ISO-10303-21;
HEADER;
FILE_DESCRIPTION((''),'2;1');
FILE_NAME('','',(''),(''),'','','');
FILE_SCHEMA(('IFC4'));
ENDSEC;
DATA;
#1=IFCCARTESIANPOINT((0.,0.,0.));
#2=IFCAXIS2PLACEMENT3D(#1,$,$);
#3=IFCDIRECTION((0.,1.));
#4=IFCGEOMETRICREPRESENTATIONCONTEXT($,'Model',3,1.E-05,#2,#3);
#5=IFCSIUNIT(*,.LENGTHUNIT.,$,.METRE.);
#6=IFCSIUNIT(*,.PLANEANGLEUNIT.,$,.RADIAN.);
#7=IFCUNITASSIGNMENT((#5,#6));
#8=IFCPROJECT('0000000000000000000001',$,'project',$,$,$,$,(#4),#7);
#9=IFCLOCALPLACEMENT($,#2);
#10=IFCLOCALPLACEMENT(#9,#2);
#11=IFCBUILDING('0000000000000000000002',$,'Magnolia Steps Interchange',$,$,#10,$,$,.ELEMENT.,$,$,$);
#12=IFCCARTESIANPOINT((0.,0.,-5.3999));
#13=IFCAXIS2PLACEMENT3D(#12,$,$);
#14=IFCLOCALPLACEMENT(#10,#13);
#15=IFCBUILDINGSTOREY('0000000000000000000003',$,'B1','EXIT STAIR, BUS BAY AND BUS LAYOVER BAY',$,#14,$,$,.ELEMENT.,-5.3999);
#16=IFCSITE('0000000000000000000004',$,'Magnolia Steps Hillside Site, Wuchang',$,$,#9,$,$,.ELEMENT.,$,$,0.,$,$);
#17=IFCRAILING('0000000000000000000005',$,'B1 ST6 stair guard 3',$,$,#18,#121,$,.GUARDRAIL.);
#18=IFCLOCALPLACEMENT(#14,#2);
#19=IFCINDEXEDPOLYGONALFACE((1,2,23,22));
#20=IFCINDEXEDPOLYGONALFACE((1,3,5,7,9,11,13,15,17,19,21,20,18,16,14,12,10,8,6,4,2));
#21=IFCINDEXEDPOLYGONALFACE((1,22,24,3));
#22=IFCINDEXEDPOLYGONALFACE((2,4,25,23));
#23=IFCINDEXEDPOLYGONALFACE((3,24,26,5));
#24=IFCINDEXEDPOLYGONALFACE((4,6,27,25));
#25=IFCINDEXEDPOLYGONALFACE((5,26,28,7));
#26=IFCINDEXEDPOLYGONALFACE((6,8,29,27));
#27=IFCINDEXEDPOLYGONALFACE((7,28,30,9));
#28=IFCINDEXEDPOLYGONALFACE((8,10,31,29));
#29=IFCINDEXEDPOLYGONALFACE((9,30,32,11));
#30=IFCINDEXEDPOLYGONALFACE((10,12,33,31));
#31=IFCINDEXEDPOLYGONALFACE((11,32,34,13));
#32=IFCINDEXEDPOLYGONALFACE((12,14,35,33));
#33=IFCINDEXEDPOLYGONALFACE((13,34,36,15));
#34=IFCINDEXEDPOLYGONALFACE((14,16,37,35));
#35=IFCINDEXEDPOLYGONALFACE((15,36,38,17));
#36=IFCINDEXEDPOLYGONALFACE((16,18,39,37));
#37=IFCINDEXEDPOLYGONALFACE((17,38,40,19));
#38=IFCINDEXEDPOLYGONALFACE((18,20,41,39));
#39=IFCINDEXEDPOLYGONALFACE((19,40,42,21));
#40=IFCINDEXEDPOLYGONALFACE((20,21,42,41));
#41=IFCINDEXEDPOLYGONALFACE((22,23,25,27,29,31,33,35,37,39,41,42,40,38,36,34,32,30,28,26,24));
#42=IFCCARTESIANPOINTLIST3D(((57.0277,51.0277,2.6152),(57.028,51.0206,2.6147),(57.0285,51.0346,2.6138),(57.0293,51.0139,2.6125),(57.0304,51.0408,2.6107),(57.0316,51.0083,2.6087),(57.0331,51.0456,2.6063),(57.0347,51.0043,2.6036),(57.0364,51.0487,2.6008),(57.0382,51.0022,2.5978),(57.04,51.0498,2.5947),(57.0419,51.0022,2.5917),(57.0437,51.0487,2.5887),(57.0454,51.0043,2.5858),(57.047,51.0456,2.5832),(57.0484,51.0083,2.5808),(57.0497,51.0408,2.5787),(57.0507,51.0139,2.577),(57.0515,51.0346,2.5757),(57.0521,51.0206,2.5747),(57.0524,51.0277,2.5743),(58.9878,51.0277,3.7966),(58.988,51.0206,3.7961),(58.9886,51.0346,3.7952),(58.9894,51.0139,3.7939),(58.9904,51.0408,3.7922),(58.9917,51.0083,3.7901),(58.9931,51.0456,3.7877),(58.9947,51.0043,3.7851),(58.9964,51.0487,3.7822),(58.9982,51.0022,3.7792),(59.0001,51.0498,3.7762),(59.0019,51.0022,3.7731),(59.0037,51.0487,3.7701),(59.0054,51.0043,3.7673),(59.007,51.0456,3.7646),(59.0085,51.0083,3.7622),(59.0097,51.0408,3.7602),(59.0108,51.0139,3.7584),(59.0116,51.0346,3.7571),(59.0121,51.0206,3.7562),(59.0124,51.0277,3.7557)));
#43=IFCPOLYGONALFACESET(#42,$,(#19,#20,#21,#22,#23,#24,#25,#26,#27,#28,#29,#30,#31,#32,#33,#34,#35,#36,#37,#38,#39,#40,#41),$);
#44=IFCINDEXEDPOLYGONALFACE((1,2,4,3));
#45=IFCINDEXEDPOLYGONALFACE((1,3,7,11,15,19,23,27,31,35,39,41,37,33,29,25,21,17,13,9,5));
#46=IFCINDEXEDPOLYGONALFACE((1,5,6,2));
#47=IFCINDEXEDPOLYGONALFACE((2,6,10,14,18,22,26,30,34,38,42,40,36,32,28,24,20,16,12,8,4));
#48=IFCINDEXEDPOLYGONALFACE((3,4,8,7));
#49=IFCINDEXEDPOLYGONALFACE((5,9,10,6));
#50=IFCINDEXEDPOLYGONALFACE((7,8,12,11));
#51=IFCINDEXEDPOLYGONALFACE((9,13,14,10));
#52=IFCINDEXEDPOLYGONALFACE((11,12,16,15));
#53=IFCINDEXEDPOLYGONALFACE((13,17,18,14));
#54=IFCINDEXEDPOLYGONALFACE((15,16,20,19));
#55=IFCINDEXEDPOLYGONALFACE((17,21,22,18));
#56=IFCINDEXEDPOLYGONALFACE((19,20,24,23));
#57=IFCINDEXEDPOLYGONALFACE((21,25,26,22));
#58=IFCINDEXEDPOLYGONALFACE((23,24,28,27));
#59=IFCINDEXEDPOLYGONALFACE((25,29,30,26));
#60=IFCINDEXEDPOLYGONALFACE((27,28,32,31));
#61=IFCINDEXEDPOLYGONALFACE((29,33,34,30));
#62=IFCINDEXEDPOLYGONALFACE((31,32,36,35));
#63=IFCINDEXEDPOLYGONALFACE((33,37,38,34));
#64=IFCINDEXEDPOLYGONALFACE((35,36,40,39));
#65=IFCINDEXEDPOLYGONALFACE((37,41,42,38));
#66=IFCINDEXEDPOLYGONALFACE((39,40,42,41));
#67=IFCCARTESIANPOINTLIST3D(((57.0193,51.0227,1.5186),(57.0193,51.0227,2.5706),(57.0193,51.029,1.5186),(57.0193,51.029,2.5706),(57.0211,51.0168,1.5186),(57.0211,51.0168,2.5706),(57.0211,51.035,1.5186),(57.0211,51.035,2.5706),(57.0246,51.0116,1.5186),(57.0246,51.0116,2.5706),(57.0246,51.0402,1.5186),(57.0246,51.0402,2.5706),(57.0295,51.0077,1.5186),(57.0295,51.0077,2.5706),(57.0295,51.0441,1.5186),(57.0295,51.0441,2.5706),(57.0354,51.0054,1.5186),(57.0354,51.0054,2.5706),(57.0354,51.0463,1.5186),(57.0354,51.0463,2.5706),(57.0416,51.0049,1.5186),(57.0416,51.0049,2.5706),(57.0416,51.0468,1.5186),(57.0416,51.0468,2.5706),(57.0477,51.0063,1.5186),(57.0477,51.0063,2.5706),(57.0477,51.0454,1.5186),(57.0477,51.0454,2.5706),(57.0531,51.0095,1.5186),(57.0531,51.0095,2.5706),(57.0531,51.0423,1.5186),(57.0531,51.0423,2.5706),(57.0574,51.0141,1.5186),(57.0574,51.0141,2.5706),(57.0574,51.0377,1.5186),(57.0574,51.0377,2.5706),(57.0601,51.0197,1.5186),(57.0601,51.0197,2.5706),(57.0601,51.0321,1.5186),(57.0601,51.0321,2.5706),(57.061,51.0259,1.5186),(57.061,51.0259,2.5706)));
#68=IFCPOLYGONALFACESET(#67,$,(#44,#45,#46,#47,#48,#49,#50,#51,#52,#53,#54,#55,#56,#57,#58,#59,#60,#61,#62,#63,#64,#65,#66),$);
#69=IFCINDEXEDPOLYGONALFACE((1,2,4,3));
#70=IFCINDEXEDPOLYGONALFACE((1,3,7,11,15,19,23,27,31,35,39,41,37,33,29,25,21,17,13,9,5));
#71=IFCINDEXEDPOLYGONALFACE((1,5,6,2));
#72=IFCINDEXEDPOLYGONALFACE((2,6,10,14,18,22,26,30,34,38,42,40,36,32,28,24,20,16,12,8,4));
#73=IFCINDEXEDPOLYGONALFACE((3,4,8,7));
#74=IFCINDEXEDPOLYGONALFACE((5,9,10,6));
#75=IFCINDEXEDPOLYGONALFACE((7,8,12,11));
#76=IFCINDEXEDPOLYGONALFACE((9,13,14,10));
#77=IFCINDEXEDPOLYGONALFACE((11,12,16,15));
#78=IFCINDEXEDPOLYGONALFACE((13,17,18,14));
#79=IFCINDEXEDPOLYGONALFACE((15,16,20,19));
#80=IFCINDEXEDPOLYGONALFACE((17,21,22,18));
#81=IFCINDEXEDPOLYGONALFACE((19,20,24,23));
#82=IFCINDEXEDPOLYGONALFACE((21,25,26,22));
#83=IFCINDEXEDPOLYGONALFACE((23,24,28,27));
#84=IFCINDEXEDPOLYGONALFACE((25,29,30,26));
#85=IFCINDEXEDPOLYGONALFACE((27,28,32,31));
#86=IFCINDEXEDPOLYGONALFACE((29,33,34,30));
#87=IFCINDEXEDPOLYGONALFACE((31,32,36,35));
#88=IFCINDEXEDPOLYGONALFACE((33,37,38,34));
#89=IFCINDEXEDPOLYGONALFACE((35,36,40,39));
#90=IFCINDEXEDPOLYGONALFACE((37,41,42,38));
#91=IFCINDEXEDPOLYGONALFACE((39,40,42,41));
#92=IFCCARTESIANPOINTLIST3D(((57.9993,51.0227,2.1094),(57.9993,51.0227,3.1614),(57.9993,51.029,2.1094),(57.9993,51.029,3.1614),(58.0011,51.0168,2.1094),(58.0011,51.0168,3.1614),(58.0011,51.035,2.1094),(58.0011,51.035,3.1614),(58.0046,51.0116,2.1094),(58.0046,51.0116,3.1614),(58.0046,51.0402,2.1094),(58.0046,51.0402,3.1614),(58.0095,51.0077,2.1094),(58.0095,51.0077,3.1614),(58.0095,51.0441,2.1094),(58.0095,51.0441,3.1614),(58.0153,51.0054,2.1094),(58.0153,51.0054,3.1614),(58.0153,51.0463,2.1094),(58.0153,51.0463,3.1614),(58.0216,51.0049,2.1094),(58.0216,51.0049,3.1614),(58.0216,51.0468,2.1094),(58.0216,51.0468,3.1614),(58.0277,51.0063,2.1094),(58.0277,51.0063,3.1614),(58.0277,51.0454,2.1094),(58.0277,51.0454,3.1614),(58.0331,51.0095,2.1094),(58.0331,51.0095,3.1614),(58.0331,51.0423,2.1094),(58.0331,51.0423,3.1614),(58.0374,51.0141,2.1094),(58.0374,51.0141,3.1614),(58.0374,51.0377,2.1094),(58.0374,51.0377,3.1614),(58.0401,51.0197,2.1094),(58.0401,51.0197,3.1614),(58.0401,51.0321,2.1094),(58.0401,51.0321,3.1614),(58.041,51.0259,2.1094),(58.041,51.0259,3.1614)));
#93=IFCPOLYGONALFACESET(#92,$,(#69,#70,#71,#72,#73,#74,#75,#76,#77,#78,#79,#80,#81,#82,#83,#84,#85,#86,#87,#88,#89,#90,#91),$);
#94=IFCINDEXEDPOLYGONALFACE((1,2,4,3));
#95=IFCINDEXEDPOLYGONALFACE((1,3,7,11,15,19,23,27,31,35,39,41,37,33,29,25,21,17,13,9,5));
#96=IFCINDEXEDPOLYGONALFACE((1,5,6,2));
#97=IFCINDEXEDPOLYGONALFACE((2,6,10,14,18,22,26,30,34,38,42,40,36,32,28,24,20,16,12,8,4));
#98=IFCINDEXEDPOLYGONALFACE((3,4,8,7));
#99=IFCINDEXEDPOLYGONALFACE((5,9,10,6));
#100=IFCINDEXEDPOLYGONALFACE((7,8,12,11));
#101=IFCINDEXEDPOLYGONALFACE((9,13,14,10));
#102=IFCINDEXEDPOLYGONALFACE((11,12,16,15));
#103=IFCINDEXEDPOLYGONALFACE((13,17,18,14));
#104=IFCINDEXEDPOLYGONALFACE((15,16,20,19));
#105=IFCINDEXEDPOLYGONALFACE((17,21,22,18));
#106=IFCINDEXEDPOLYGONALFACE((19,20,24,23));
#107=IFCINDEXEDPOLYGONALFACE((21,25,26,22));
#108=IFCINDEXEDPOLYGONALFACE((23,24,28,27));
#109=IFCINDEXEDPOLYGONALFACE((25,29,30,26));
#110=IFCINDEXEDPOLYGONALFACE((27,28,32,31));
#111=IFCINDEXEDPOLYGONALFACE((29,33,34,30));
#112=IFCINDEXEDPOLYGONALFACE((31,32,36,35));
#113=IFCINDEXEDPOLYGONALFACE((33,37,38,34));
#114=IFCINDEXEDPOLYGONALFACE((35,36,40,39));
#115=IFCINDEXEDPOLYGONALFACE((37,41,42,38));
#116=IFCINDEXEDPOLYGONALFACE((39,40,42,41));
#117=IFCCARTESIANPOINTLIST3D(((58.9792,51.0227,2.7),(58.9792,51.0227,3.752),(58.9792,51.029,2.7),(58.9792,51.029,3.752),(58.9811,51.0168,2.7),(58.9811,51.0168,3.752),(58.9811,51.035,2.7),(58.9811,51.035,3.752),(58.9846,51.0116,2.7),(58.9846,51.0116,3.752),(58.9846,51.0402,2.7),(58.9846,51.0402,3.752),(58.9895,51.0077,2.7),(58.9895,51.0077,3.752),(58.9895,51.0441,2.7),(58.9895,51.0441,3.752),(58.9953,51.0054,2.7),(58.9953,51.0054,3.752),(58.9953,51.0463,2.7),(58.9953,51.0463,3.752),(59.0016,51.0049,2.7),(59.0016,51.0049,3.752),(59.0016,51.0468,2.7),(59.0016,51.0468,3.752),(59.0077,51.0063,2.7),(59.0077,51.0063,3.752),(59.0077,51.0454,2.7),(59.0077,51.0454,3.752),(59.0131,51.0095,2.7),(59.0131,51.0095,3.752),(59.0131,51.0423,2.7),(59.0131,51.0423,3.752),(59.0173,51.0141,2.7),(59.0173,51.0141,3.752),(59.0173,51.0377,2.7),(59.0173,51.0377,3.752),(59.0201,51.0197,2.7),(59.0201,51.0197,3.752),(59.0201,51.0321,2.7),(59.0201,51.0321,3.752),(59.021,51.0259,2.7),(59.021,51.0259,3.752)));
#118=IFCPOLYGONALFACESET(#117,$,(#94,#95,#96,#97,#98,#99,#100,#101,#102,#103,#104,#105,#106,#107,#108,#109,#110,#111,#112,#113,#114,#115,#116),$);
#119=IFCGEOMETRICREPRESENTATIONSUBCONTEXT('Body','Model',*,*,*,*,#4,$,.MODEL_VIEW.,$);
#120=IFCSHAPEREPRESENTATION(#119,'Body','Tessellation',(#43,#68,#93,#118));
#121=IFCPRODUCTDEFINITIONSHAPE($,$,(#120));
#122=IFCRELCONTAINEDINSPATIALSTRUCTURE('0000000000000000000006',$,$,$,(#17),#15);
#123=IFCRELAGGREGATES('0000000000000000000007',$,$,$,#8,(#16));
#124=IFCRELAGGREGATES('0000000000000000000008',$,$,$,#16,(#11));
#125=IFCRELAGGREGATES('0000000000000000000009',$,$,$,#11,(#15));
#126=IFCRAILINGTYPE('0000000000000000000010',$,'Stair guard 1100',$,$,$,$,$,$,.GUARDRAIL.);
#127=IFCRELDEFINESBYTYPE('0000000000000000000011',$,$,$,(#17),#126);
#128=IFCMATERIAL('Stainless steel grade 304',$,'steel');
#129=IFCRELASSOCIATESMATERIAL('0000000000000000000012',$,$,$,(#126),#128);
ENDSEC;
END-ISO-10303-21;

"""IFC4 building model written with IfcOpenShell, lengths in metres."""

from ifc_helpers import new_model, si_unit, direction, frame, origin, origin_2d, place, context, subcontext, project, spatial, circle, extrude, material, type_object, element, save


model = new_model("IFC4")

# Units and contexts
model_context = context("Model", 3, precision=1e-05, world=origin(), true_north=direction((0.0, 1.0)))
body_context = subcontext(model_context, "Body", "Model", "MODEL_VIEW")
ifc_project = project(units=[si_unit("LENGTHUNIT", "METRE"), si_unit("PLANEANGLEUNIT", "RADIAN")], contexts=[model_context])

# Site, building, storey
site_placement = place(None, origin())
site = spatial("IfcSite", under=ifc_project, at=site_placement, Name="Magnolia Steps Hillside Site, Wuchang", CompositionType="ELEMENT", RefElevation=0.0)
building_placement = place(site_placement, origin())
building = spatial("IfcBuilding", under=site, at=building_placement, Name="Magnolia Steps Interchange", CompositionType="ELEMENT")
storey_placement = place(building_placement, frame((0.0, 0.0, -5.3999)))
storey = spatial("IfcBuildingStorey", under=building, at=storey_placement, Name="B1", Description="EXIT STAIR, BUS BAY AND BUS LAYOVER BAY", CompositionType="ELEMENT", Elevation=-5.3999)

# Railing
ifc_material_1 = material(Name="Stainless steel grade 304", Category="steel")
railing_type_1 = type_object("IfcRailingType", Name="Stair guard 1100", PredefinedType="GUARDRAIL", material=ifc_material_1)
railing_1_placement = place(storey_placement, frame((57.04, 51.0259, 1.5186)))
element("IfcRailing", 1, at=railing_1_placement, inside=storey, type_object=railing_type_1, Name="B1 ST6 stair guard 3", PredefinedType="GUARDRAIL", context=body_context, shape_type="SweptSolid", body=[
    extrude(circle(Radius=0.0239, at=origin_2d()), frame((0.0, 0.0, 1.0762), z_axis=(0.856446, 0.0, 0.516236), x_axis=(0.0, 1.0, 0.0)), (0.0, 0.0, 1.0), 2.2886),
    extrude(circle(Radius=0.021, at=origin_2d()), origin(), (0.0, 0.0, 1.0), 1.052),
    extrude(circle(Radius=0.021, at=origin_2d()), frame((0.98, 0.0, 0.5908)), (0.0, 0.0, 1.0), 1.052),
    extrude(circle(Radius=0.021, at=origin_2d()), frame((1.96, 0.0, 1.1814)), (0.0, 0.0, 1.0), 1.052),
])

save(model, "model.ifc")
